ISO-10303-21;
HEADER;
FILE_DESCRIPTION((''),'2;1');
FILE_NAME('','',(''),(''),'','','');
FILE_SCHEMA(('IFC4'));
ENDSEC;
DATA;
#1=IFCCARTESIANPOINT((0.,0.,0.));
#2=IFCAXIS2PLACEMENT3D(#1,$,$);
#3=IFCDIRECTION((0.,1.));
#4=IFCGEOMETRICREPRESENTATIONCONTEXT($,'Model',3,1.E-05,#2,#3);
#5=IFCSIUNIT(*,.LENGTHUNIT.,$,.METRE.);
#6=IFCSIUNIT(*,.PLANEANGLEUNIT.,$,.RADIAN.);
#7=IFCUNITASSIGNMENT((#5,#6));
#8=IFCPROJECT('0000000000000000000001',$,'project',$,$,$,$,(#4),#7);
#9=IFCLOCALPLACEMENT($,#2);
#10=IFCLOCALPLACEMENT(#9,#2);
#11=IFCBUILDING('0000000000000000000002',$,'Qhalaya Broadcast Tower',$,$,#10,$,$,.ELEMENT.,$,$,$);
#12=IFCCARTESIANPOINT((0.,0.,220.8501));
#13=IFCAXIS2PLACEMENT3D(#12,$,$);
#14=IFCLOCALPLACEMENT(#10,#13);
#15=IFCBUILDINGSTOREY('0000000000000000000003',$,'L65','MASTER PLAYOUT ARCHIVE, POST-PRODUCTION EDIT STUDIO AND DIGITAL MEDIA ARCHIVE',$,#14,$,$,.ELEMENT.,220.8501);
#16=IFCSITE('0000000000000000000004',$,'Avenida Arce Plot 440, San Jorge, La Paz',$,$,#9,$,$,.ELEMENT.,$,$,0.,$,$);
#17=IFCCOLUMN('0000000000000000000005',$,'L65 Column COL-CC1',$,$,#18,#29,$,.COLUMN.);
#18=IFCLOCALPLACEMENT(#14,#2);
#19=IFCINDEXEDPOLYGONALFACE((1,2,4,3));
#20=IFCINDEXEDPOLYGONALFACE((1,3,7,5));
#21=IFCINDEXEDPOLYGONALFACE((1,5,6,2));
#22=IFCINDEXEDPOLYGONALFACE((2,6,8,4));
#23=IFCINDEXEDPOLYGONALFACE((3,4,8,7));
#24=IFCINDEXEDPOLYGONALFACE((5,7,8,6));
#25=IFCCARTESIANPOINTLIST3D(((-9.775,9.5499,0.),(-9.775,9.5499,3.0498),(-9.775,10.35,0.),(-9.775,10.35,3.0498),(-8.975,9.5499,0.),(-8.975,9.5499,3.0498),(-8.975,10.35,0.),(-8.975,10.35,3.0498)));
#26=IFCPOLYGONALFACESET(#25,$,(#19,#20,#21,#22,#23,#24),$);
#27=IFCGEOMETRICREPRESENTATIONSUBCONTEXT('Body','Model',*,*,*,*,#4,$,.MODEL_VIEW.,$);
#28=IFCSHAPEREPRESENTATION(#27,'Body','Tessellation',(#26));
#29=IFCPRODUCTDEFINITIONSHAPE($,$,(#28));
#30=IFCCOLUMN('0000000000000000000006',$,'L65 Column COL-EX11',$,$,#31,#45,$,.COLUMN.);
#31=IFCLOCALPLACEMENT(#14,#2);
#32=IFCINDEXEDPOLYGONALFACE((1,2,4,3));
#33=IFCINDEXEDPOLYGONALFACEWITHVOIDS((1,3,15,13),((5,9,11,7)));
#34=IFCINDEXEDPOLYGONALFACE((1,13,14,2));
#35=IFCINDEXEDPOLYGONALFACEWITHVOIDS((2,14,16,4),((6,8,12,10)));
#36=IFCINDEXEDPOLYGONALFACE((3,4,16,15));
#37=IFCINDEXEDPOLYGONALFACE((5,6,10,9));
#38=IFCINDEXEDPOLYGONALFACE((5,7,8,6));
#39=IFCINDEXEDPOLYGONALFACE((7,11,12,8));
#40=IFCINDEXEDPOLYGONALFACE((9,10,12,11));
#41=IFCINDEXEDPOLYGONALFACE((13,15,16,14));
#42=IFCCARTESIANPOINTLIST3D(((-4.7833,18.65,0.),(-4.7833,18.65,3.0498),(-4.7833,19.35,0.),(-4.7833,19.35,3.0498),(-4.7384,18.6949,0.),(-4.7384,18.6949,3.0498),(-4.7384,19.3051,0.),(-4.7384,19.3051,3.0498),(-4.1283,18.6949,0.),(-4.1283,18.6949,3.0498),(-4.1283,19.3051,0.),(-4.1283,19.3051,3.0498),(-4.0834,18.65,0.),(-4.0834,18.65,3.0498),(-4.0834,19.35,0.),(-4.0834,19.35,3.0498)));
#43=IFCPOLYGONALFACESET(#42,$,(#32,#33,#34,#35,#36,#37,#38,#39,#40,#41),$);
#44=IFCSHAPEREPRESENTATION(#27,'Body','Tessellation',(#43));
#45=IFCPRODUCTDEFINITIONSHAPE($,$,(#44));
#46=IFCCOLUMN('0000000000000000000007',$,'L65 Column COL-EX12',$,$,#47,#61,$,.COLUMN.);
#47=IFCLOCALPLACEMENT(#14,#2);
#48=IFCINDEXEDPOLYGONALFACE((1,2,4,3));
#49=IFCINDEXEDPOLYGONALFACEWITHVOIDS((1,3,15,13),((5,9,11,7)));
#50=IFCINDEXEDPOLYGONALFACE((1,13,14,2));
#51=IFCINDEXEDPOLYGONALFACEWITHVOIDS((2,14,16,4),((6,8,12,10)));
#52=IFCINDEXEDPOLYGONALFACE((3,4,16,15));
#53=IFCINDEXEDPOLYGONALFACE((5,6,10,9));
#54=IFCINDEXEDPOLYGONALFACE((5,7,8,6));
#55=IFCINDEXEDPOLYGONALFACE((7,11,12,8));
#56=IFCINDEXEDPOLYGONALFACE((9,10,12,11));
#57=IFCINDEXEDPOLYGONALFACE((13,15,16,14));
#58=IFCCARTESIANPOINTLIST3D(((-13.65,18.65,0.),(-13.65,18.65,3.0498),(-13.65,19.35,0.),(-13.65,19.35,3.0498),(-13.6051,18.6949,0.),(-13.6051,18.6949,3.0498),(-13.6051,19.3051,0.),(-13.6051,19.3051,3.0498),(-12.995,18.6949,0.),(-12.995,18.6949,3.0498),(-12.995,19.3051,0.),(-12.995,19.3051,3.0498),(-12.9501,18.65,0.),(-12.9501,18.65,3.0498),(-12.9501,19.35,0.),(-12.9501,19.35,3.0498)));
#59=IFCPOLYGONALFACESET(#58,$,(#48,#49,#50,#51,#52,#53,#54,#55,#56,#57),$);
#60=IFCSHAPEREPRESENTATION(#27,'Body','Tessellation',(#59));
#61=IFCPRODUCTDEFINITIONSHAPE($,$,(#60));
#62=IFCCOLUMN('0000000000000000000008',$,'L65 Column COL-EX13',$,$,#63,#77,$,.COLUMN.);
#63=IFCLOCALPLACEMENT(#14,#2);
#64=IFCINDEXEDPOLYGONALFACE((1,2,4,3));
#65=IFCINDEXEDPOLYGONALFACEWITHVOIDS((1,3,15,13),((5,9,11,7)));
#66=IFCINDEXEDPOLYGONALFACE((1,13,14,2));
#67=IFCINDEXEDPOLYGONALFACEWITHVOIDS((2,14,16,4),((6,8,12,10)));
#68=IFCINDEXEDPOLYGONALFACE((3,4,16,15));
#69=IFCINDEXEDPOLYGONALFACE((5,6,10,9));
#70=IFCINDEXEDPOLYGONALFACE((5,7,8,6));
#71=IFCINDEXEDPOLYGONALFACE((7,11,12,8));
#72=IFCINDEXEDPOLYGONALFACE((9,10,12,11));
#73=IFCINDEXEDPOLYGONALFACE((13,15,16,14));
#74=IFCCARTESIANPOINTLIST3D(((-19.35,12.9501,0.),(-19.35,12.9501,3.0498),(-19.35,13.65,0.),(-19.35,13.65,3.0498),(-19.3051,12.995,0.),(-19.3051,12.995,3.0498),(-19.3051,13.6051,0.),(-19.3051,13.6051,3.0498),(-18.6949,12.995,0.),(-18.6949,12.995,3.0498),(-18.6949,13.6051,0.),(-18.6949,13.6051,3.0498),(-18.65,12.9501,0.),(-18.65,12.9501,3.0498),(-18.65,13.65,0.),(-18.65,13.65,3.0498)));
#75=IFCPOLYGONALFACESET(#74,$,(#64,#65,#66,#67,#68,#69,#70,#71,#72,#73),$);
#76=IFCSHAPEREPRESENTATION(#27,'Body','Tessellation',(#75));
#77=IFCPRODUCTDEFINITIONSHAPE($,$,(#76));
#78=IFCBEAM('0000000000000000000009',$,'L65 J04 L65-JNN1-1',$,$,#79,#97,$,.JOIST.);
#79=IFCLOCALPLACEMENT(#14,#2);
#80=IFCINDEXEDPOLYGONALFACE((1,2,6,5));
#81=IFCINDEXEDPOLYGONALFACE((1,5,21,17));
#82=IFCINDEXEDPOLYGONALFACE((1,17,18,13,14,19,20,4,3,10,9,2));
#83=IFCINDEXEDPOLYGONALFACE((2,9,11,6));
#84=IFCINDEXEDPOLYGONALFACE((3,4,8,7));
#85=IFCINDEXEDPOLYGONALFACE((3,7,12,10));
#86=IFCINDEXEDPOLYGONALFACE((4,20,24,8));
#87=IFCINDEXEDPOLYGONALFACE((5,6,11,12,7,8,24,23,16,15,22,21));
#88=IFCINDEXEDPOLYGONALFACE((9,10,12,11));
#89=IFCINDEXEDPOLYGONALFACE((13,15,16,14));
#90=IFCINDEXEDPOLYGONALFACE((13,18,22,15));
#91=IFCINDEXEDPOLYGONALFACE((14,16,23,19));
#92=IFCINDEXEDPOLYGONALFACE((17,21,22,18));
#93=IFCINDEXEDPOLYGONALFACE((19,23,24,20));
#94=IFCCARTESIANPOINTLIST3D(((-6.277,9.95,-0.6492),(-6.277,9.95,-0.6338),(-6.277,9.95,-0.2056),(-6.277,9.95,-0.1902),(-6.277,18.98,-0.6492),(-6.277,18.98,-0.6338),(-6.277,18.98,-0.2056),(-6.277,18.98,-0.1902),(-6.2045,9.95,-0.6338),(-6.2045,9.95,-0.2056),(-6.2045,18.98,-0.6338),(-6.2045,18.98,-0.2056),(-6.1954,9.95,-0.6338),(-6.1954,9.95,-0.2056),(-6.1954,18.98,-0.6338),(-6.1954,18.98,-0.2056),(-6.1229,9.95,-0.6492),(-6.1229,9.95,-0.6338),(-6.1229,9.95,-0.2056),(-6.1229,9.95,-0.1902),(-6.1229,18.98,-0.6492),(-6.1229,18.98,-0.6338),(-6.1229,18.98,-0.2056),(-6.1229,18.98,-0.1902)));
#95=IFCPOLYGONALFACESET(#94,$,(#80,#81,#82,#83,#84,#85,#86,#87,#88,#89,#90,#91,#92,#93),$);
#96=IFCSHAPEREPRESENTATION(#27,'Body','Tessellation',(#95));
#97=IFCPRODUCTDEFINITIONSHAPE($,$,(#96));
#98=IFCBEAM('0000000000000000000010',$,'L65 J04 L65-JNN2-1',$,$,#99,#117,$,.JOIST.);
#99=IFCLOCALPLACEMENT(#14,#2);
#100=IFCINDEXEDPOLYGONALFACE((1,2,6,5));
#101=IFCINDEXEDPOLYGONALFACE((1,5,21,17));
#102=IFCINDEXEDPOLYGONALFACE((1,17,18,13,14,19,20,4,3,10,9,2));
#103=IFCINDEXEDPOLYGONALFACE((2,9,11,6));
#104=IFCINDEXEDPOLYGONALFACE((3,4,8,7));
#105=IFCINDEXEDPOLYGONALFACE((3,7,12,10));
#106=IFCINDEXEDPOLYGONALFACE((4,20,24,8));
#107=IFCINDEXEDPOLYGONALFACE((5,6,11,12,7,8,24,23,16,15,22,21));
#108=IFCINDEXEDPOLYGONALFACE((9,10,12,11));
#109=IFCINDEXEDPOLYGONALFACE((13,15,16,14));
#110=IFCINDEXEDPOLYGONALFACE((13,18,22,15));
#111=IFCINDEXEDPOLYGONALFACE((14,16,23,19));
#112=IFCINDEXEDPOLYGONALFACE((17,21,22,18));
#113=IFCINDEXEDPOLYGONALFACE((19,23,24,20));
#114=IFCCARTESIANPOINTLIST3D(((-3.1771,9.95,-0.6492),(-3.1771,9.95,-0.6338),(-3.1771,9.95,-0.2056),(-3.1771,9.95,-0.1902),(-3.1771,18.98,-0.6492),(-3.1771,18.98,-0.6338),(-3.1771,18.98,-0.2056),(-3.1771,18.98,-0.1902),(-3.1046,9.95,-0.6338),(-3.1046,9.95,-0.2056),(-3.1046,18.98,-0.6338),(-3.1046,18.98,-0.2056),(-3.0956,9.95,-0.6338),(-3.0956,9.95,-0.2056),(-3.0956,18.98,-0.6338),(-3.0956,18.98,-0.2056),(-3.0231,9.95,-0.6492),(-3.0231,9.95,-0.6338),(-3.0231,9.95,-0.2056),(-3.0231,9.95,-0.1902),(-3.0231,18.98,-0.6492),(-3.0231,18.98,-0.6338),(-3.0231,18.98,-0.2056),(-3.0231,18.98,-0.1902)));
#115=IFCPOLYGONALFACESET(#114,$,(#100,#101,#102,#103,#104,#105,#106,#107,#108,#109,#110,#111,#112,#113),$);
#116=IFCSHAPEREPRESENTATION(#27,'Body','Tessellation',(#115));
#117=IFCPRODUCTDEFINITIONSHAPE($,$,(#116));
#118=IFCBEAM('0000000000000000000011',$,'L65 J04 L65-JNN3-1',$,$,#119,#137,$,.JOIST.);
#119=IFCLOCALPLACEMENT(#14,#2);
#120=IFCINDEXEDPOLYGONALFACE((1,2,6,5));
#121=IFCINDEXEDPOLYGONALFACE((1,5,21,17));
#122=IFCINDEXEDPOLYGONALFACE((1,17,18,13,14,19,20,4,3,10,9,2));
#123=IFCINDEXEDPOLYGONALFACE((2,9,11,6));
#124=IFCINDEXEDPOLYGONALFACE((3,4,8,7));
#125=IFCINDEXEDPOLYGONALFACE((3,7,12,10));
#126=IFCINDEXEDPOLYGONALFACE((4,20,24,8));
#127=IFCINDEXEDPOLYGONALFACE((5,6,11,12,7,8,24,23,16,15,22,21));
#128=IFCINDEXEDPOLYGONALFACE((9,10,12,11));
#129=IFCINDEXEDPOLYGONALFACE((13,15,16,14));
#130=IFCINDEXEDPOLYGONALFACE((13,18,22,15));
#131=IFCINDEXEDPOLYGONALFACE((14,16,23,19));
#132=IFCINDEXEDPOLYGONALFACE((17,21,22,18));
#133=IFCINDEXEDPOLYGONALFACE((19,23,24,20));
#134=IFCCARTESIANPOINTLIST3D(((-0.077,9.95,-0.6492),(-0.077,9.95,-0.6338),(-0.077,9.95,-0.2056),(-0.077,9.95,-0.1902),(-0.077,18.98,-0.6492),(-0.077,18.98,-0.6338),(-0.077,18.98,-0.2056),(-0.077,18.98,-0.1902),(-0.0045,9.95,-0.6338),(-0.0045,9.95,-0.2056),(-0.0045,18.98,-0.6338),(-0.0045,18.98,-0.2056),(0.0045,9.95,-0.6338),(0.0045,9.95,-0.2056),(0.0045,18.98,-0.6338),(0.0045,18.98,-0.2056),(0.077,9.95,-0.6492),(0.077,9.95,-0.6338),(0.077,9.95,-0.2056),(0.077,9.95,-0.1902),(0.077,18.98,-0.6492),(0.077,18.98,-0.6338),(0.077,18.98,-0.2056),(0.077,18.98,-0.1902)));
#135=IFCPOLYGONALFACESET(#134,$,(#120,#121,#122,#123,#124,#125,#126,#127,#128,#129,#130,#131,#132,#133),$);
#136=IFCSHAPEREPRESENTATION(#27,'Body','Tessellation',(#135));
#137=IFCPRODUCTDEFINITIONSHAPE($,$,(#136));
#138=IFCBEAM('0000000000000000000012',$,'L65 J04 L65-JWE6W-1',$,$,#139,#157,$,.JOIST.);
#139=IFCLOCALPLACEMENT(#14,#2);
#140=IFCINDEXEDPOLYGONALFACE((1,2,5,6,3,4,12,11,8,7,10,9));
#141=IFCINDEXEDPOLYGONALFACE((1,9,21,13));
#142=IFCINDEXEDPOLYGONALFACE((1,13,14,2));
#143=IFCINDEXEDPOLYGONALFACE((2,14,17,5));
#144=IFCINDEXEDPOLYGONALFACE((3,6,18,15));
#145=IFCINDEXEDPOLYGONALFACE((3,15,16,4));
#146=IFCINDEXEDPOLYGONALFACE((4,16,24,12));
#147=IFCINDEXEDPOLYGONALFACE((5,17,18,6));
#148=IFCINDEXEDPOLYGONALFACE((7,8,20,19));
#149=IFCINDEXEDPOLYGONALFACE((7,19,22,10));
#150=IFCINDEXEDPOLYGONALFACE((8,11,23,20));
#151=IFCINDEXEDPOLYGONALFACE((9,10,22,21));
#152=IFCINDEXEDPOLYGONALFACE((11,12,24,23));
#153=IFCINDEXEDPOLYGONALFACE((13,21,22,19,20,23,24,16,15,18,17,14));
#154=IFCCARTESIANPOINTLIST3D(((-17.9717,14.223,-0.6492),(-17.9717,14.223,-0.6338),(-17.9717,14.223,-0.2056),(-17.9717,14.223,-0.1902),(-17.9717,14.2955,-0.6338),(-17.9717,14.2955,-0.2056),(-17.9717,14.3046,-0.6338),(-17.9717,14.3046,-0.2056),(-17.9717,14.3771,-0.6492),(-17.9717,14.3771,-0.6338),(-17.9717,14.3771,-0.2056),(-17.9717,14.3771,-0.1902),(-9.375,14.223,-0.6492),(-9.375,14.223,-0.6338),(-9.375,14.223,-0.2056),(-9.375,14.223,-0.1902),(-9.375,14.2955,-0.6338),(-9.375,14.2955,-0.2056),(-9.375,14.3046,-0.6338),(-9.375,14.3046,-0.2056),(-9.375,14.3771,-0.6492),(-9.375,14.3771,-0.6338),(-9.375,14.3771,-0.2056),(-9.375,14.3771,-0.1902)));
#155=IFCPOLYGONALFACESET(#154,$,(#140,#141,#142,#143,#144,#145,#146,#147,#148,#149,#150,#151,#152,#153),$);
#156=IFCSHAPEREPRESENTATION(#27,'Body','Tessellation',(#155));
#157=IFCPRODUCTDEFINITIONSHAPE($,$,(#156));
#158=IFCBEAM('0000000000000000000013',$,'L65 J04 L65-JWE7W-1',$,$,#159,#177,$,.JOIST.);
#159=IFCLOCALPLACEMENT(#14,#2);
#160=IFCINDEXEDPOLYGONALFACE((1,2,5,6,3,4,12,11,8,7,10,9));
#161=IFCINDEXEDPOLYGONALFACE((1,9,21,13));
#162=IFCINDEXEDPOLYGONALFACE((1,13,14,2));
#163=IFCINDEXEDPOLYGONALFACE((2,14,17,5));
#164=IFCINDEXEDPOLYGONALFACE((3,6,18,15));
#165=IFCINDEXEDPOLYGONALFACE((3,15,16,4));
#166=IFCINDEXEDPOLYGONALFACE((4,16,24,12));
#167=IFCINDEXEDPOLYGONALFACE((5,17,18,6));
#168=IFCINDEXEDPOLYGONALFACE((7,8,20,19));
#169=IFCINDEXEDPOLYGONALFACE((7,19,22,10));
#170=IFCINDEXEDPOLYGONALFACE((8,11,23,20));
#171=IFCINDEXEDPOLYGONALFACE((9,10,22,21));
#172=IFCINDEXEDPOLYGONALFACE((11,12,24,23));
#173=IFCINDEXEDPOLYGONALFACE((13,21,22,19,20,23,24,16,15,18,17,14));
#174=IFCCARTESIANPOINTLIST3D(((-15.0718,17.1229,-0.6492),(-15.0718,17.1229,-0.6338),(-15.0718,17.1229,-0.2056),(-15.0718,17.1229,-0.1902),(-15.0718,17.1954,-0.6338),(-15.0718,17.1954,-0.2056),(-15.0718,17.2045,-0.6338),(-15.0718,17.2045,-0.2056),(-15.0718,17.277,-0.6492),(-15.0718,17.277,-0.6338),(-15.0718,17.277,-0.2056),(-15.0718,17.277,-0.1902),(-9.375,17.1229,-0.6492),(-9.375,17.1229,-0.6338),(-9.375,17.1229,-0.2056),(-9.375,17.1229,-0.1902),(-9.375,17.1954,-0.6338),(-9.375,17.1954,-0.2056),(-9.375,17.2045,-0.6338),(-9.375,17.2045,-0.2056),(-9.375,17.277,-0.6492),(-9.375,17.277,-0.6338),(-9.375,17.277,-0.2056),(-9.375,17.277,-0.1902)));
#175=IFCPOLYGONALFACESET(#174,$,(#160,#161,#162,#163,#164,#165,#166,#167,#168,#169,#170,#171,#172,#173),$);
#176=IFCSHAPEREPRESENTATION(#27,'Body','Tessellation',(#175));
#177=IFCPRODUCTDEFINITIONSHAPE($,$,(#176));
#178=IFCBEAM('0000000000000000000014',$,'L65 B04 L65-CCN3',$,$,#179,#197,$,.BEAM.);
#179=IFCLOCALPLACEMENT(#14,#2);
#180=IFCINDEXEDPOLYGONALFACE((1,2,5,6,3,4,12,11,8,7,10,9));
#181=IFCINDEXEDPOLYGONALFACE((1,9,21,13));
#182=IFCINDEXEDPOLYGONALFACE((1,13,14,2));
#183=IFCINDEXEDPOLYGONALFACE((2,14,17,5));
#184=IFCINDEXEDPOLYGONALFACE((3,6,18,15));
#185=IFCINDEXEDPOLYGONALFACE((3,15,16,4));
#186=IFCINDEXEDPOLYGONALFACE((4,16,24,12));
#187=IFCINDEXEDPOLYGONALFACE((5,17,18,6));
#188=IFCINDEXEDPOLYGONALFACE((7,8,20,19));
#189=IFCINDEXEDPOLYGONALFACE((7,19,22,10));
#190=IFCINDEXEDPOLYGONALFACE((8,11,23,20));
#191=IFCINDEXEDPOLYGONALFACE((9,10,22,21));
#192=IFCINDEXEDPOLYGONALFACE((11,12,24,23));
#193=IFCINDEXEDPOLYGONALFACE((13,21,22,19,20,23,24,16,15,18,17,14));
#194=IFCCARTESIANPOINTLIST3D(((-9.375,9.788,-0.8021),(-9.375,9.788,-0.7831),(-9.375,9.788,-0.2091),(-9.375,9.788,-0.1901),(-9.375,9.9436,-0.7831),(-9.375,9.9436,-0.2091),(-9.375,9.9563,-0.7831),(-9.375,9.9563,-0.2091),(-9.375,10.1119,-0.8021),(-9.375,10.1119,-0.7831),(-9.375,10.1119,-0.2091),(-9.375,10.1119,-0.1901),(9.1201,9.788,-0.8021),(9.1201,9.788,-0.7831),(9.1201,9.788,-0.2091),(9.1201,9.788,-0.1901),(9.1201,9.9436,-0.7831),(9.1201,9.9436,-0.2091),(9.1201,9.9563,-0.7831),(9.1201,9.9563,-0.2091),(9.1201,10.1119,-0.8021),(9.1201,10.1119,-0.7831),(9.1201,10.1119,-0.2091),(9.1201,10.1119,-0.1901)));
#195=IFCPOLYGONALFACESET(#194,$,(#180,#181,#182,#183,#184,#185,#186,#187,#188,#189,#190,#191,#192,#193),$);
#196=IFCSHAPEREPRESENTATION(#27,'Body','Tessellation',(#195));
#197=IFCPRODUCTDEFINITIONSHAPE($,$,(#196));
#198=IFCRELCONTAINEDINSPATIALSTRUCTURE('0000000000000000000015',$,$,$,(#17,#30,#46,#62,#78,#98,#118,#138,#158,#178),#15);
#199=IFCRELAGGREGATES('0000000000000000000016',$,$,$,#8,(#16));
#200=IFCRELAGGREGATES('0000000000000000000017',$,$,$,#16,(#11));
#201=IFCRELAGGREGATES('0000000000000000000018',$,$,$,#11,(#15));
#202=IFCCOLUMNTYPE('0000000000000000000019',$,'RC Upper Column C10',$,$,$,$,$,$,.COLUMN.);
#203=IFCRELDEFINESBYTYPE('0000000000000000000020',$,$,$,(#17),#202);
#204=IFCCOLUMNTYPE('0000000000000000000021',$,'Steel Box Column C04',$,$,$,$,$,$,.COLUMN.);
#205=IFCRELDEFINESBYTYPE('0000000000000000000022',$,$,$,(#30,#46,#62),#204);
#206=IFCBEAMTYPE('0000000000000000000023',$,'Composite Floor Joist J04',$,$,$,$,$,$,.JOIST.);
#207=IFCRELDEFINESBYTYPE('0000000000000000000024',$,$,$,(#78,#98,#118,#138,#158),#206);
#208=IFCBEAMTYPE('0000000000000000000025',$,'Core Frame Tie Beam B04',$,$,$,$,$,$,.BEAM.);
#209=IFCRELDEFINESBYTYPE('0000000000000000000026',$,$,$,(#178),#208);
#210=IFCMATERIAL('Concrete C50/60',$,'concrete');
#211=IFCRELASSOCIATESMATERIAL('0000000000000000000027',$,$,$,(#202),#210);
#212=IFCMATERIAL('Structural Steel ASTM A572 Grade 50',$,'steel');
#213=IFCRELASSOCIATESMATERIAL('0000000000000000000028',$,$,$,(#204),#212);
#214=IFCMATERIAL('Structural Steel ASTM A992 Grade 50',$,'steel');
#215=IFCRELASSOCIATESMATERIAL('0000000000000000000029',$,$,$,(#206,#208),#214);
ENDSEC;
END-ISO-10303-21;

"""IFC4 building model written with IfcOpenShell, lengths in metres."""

from ifc_helpers import new_model, si_unit, direction, frame, origin, origin_2d, place, context, subcontext, project, spatial, rectangle, hollow_rectangle, i_section, extrude, material, material_profile, profile_set, type_object, element, save


model = new_model("IFC4")

# Units and contexts
model_context = context("Model", 3, precision=1e-05, world=origin(), true_north=direction((0.0, 1.0)))
body_context = subcontext(model_context, "Body", "Model", "MODEL_VIEW")
ifc_project = project(units=[si_unit("LENGTHUNIT", "METRE"), si_unit("PLANEANGLEUNIT", "RADIAN")], contexts=[model_context])

# Site, building, storey
site_placement = place(None, origin())
site = spatial("IfcSite", under=ifc_project, at=site_placement, Name="Avenida Arce Plot 440, San Jorge, La Paz", CompositionType="ELEMENT", RefElevation=0.0)
building_placement = place(site_placement, origin())
building = spatial("IfcBuilding", under=site, at=building_placement, Name="Qhalaya Broadcast Tower", CompositionType="ELEMENT")
storey_placement = place(building_placement, frame((0.0, 0.0, 220.8501)))
storey = spatial("IfcBuildingStorey", under=building, at=storey_placement, Name="L65", Description="MASTER PLAYOUT ARCHIVE, POST-PRODUCTION EDIT STUDIO AND DIGITAL MEDIA ARCHIVE", CompositionType="ELEMENT", Elevation=220.8501)

# Columns
ifc_material_1 = material(Name="Concrete C50/60", Category="concrete")
ifc_material_profile_1 = material_profile(ifc_material_1, rectangle(XDim=0.8, YDim=0.8, at=origin_2d()), Name="RC-COL 800x800")
ifc_profile_set_1 = profile_set([ifc_material_profile_1], Name="Concrete C50/60")
column_type_1 = type_object("IfcColumnType", Name="RC Upper Column C10", PredefinedType="COLUMN", material=ifc_profile_set_1)
column_placement = place(storey_placement, frame((-9.375, 9.95, 0.0), z_axis=(0.0, 0.0, 1.0), x_axis=(1.0, 0.0, 0.0)))
element("IfcColumn", 1, at=column_placement, inside=storey, type_object=column_type_1, Name="L65 Column COL-CC1", PredefinedType="COLUMN", context=body_context, shape_type="SweptSolid", body=[
    extrude(rectangle(XDim=0.8, YDim=0.8, at=origin_2d()), origin(), (0.0, 0.0, 1.0), 3.0498),
])
ifc_material_2 = material(Name="Structural Steel ASTM A572 Grade 50", Category="steel")
ifc_material_profile_2 = material_profile(ifc_material_2, hollow_rectangle(XDim=0.7, YDim=0.7, WallThickness=0.0449, at=origin_2d()), Name="BOX 700x700x45")
ifc_profile_set_2 = profile_set([ifc_material_profile_2], Name="Structural Steel ASTM A572 Grade 50")
column_type_2 = type_object("IfcColumnType", Name="Steel Box Column C04", PredefinedType="COLUMN", material=ifc_profile_set_2)
for number, where, z_axis, x_axis, name in (
    (2, (-4.4333, 19.0, 0.0), (0.0, 0.0, 1.0), (1.0, 0.0, 0.0), "L65 Column COL-EX11"),
    (3, (-13.3, 19.0, 0.0), (0.0, 0.0, 1.0), (1.0, 0.0, 0.0), "L65 Column COL-EX12"),
    (4, (-19.0, 13.3, 0.0), (0.0, 0.0, 1.0), (0.0, 1.0, 0.0), "L65 Column COL-EX13"),
):
    element("IfcColumn", number, at=place(storey_placement, frame(where, z_axis=z_axis, x_axis=x_axis)), inside=storey, type_object=column_type_2, Name=name, PredefinedType="COLUMN", context=body_context, shape_type="SweptSolid", body=[
        extrude(hollow_rectangle(XDim=0.7, YDim=0.7, WallThickness=0.0449, at=origin_2d()), origin(), (0.0, 0.0, 1.0), 3.0498),
    ])

# Beams
ifc_material_3 = material(Name="Structural Steel ASTM A992 Grade 50", Category="steel")
ifc_material_profile_3 = material_profile(ifc_material_3, i_section(OverallWidth=0.1541, OverallDepth=0.459, WebThickness=0.009, FlangeThickness=0.0154, at=origin_2d()), Name="W18X46")
ifc_profile_set_3 = profile_set([ifc_material_profile_3], Name="Structural Steel ASTM A992 Grade 50")
beam_type_1 = type_object("IfcBeamType", Name="Composite Floor Joist J04", PredefinedType="JOIST", material=ifc_profile_set_3)
for number, where, z_axis, x_axis, name in (
    (5, (-6.2, 9.95, -0.4197), (0.0, 1.0, 0.0), (-1.0, 0.0, 0.0), "L65 J04 L65-JNN1-1"),
    (6, (-3.1001, 9.95, -0.4197), (0.0, 1.0, 0.0), (-1.0, 0.0, 0.0), "L65 J04 L65-JNN2-1"),
    (7, (0.0, 9.95, -0.4197), (0.0, 1.0, 0.0), (-1.0, 0.0, 0.0), "L65 J04 L65-JNN3-1"),
):
    element("IfcBeam", number, at=place(storey_placement, frame(where, z_axis=z_axis, x_axis=x_axis)), inside=storey, type_object=beam_type_1, Name=name, PredefinedType="JOIST", context=body_context, shape_type="SweptSolid", body=[
        extrude(i_section(OverallWidth=0.1541, OverallDepth=0.459, WebThickness=0.009, FlangeThickness=0.0154, at=origin_2d()), origin(), (0.0, 0.0, 1.0), 9.03),
    ])
beam_1_placement = place(storey_placement, frame((-17.9717, 14.3, -0.4197), z_axis=(1.0, 0.0, 0.0), x_axis=(0.0, 1.0, 0.0)))
element("IfcBeam", 8, at=beam_1_placement, inside=storey, type_object=beam_type_1, Name="L65 J04 L65-JWE6W-1", PredefinedType="JOIST", context=body_context, shape_type="SweptSolid", body=[
    extrude(i_section(OverallWidth=0.1541, OverallDepth=0.459, WebThickness=0.009, FlangeThickness=0.0154, at=origin_2d()), origin(), (0.0, 0.0, 1.0), 8.5967),
])
beam_2_placement = place(storey_placement, frame((-15.0718, 17.2, -0.4197), z_axis=(1.0, 0.0, 0.0), x_axis=(0.0, 1.0, 0.0)))
element("IfcBeam", 9, at=beam_2_placement, inside=storey, type_object=beam_type_1, Name="L65 J04 L65-JWE7W-1", PredefinedType="JOIST", context=body_context, shape_type="SweptSolid", body=[
    extrude(i_section(OverallWidth=0.1541, OverallDepth=0.459, WebThickness=0.009, FlangeThickness=0.0154, at=origin_2d()), origin(), (0.0, 0.0, 1.0), 5.6968),
])
ifc_material_profile_4 = material_profile(ifc_material_3, i_section(OverallWidth=0.324, OverallDepth=0.6121, WebThickness=0.0127, FlangeThickness=0.019, at=origin_2d()), Name="W24X104")
ifc_profile_set_4 = profile_set([ifc_material_profile_4], Name="Structural Steel ASTM A992 Grade 50")
beam_type_2 = type_object("IfcBeamType", Name="Core Frame Tie Beam B04", PredefinedType="BEAM", material=ifc_profile_set_4)
beam_3_placement = place(storey_placement, frame((-9.375, 9.95, -0.4961), z_axis=(1.0, 0.0, 0.0), x_axis=(0.0, 1.0, 0.0)))
element("IfcBeam", 10, at=beam_3_placement, inside=storey, type_object=beam_type_2, Name="L65 B04 L65-CCN3", PredefinedType="BEAM", context=body_context, shape_type="SweptSolid", body=[
    extrude(i_section(OverallWidth=0.324, OverallDepth=0.6121, WebThickness=0.0127, FlangeThickness=0.019, at=origin_2d()), origin(), (0.0, 0.0, 1.0), 18.4951),
])

save(model, "model.ifc")
